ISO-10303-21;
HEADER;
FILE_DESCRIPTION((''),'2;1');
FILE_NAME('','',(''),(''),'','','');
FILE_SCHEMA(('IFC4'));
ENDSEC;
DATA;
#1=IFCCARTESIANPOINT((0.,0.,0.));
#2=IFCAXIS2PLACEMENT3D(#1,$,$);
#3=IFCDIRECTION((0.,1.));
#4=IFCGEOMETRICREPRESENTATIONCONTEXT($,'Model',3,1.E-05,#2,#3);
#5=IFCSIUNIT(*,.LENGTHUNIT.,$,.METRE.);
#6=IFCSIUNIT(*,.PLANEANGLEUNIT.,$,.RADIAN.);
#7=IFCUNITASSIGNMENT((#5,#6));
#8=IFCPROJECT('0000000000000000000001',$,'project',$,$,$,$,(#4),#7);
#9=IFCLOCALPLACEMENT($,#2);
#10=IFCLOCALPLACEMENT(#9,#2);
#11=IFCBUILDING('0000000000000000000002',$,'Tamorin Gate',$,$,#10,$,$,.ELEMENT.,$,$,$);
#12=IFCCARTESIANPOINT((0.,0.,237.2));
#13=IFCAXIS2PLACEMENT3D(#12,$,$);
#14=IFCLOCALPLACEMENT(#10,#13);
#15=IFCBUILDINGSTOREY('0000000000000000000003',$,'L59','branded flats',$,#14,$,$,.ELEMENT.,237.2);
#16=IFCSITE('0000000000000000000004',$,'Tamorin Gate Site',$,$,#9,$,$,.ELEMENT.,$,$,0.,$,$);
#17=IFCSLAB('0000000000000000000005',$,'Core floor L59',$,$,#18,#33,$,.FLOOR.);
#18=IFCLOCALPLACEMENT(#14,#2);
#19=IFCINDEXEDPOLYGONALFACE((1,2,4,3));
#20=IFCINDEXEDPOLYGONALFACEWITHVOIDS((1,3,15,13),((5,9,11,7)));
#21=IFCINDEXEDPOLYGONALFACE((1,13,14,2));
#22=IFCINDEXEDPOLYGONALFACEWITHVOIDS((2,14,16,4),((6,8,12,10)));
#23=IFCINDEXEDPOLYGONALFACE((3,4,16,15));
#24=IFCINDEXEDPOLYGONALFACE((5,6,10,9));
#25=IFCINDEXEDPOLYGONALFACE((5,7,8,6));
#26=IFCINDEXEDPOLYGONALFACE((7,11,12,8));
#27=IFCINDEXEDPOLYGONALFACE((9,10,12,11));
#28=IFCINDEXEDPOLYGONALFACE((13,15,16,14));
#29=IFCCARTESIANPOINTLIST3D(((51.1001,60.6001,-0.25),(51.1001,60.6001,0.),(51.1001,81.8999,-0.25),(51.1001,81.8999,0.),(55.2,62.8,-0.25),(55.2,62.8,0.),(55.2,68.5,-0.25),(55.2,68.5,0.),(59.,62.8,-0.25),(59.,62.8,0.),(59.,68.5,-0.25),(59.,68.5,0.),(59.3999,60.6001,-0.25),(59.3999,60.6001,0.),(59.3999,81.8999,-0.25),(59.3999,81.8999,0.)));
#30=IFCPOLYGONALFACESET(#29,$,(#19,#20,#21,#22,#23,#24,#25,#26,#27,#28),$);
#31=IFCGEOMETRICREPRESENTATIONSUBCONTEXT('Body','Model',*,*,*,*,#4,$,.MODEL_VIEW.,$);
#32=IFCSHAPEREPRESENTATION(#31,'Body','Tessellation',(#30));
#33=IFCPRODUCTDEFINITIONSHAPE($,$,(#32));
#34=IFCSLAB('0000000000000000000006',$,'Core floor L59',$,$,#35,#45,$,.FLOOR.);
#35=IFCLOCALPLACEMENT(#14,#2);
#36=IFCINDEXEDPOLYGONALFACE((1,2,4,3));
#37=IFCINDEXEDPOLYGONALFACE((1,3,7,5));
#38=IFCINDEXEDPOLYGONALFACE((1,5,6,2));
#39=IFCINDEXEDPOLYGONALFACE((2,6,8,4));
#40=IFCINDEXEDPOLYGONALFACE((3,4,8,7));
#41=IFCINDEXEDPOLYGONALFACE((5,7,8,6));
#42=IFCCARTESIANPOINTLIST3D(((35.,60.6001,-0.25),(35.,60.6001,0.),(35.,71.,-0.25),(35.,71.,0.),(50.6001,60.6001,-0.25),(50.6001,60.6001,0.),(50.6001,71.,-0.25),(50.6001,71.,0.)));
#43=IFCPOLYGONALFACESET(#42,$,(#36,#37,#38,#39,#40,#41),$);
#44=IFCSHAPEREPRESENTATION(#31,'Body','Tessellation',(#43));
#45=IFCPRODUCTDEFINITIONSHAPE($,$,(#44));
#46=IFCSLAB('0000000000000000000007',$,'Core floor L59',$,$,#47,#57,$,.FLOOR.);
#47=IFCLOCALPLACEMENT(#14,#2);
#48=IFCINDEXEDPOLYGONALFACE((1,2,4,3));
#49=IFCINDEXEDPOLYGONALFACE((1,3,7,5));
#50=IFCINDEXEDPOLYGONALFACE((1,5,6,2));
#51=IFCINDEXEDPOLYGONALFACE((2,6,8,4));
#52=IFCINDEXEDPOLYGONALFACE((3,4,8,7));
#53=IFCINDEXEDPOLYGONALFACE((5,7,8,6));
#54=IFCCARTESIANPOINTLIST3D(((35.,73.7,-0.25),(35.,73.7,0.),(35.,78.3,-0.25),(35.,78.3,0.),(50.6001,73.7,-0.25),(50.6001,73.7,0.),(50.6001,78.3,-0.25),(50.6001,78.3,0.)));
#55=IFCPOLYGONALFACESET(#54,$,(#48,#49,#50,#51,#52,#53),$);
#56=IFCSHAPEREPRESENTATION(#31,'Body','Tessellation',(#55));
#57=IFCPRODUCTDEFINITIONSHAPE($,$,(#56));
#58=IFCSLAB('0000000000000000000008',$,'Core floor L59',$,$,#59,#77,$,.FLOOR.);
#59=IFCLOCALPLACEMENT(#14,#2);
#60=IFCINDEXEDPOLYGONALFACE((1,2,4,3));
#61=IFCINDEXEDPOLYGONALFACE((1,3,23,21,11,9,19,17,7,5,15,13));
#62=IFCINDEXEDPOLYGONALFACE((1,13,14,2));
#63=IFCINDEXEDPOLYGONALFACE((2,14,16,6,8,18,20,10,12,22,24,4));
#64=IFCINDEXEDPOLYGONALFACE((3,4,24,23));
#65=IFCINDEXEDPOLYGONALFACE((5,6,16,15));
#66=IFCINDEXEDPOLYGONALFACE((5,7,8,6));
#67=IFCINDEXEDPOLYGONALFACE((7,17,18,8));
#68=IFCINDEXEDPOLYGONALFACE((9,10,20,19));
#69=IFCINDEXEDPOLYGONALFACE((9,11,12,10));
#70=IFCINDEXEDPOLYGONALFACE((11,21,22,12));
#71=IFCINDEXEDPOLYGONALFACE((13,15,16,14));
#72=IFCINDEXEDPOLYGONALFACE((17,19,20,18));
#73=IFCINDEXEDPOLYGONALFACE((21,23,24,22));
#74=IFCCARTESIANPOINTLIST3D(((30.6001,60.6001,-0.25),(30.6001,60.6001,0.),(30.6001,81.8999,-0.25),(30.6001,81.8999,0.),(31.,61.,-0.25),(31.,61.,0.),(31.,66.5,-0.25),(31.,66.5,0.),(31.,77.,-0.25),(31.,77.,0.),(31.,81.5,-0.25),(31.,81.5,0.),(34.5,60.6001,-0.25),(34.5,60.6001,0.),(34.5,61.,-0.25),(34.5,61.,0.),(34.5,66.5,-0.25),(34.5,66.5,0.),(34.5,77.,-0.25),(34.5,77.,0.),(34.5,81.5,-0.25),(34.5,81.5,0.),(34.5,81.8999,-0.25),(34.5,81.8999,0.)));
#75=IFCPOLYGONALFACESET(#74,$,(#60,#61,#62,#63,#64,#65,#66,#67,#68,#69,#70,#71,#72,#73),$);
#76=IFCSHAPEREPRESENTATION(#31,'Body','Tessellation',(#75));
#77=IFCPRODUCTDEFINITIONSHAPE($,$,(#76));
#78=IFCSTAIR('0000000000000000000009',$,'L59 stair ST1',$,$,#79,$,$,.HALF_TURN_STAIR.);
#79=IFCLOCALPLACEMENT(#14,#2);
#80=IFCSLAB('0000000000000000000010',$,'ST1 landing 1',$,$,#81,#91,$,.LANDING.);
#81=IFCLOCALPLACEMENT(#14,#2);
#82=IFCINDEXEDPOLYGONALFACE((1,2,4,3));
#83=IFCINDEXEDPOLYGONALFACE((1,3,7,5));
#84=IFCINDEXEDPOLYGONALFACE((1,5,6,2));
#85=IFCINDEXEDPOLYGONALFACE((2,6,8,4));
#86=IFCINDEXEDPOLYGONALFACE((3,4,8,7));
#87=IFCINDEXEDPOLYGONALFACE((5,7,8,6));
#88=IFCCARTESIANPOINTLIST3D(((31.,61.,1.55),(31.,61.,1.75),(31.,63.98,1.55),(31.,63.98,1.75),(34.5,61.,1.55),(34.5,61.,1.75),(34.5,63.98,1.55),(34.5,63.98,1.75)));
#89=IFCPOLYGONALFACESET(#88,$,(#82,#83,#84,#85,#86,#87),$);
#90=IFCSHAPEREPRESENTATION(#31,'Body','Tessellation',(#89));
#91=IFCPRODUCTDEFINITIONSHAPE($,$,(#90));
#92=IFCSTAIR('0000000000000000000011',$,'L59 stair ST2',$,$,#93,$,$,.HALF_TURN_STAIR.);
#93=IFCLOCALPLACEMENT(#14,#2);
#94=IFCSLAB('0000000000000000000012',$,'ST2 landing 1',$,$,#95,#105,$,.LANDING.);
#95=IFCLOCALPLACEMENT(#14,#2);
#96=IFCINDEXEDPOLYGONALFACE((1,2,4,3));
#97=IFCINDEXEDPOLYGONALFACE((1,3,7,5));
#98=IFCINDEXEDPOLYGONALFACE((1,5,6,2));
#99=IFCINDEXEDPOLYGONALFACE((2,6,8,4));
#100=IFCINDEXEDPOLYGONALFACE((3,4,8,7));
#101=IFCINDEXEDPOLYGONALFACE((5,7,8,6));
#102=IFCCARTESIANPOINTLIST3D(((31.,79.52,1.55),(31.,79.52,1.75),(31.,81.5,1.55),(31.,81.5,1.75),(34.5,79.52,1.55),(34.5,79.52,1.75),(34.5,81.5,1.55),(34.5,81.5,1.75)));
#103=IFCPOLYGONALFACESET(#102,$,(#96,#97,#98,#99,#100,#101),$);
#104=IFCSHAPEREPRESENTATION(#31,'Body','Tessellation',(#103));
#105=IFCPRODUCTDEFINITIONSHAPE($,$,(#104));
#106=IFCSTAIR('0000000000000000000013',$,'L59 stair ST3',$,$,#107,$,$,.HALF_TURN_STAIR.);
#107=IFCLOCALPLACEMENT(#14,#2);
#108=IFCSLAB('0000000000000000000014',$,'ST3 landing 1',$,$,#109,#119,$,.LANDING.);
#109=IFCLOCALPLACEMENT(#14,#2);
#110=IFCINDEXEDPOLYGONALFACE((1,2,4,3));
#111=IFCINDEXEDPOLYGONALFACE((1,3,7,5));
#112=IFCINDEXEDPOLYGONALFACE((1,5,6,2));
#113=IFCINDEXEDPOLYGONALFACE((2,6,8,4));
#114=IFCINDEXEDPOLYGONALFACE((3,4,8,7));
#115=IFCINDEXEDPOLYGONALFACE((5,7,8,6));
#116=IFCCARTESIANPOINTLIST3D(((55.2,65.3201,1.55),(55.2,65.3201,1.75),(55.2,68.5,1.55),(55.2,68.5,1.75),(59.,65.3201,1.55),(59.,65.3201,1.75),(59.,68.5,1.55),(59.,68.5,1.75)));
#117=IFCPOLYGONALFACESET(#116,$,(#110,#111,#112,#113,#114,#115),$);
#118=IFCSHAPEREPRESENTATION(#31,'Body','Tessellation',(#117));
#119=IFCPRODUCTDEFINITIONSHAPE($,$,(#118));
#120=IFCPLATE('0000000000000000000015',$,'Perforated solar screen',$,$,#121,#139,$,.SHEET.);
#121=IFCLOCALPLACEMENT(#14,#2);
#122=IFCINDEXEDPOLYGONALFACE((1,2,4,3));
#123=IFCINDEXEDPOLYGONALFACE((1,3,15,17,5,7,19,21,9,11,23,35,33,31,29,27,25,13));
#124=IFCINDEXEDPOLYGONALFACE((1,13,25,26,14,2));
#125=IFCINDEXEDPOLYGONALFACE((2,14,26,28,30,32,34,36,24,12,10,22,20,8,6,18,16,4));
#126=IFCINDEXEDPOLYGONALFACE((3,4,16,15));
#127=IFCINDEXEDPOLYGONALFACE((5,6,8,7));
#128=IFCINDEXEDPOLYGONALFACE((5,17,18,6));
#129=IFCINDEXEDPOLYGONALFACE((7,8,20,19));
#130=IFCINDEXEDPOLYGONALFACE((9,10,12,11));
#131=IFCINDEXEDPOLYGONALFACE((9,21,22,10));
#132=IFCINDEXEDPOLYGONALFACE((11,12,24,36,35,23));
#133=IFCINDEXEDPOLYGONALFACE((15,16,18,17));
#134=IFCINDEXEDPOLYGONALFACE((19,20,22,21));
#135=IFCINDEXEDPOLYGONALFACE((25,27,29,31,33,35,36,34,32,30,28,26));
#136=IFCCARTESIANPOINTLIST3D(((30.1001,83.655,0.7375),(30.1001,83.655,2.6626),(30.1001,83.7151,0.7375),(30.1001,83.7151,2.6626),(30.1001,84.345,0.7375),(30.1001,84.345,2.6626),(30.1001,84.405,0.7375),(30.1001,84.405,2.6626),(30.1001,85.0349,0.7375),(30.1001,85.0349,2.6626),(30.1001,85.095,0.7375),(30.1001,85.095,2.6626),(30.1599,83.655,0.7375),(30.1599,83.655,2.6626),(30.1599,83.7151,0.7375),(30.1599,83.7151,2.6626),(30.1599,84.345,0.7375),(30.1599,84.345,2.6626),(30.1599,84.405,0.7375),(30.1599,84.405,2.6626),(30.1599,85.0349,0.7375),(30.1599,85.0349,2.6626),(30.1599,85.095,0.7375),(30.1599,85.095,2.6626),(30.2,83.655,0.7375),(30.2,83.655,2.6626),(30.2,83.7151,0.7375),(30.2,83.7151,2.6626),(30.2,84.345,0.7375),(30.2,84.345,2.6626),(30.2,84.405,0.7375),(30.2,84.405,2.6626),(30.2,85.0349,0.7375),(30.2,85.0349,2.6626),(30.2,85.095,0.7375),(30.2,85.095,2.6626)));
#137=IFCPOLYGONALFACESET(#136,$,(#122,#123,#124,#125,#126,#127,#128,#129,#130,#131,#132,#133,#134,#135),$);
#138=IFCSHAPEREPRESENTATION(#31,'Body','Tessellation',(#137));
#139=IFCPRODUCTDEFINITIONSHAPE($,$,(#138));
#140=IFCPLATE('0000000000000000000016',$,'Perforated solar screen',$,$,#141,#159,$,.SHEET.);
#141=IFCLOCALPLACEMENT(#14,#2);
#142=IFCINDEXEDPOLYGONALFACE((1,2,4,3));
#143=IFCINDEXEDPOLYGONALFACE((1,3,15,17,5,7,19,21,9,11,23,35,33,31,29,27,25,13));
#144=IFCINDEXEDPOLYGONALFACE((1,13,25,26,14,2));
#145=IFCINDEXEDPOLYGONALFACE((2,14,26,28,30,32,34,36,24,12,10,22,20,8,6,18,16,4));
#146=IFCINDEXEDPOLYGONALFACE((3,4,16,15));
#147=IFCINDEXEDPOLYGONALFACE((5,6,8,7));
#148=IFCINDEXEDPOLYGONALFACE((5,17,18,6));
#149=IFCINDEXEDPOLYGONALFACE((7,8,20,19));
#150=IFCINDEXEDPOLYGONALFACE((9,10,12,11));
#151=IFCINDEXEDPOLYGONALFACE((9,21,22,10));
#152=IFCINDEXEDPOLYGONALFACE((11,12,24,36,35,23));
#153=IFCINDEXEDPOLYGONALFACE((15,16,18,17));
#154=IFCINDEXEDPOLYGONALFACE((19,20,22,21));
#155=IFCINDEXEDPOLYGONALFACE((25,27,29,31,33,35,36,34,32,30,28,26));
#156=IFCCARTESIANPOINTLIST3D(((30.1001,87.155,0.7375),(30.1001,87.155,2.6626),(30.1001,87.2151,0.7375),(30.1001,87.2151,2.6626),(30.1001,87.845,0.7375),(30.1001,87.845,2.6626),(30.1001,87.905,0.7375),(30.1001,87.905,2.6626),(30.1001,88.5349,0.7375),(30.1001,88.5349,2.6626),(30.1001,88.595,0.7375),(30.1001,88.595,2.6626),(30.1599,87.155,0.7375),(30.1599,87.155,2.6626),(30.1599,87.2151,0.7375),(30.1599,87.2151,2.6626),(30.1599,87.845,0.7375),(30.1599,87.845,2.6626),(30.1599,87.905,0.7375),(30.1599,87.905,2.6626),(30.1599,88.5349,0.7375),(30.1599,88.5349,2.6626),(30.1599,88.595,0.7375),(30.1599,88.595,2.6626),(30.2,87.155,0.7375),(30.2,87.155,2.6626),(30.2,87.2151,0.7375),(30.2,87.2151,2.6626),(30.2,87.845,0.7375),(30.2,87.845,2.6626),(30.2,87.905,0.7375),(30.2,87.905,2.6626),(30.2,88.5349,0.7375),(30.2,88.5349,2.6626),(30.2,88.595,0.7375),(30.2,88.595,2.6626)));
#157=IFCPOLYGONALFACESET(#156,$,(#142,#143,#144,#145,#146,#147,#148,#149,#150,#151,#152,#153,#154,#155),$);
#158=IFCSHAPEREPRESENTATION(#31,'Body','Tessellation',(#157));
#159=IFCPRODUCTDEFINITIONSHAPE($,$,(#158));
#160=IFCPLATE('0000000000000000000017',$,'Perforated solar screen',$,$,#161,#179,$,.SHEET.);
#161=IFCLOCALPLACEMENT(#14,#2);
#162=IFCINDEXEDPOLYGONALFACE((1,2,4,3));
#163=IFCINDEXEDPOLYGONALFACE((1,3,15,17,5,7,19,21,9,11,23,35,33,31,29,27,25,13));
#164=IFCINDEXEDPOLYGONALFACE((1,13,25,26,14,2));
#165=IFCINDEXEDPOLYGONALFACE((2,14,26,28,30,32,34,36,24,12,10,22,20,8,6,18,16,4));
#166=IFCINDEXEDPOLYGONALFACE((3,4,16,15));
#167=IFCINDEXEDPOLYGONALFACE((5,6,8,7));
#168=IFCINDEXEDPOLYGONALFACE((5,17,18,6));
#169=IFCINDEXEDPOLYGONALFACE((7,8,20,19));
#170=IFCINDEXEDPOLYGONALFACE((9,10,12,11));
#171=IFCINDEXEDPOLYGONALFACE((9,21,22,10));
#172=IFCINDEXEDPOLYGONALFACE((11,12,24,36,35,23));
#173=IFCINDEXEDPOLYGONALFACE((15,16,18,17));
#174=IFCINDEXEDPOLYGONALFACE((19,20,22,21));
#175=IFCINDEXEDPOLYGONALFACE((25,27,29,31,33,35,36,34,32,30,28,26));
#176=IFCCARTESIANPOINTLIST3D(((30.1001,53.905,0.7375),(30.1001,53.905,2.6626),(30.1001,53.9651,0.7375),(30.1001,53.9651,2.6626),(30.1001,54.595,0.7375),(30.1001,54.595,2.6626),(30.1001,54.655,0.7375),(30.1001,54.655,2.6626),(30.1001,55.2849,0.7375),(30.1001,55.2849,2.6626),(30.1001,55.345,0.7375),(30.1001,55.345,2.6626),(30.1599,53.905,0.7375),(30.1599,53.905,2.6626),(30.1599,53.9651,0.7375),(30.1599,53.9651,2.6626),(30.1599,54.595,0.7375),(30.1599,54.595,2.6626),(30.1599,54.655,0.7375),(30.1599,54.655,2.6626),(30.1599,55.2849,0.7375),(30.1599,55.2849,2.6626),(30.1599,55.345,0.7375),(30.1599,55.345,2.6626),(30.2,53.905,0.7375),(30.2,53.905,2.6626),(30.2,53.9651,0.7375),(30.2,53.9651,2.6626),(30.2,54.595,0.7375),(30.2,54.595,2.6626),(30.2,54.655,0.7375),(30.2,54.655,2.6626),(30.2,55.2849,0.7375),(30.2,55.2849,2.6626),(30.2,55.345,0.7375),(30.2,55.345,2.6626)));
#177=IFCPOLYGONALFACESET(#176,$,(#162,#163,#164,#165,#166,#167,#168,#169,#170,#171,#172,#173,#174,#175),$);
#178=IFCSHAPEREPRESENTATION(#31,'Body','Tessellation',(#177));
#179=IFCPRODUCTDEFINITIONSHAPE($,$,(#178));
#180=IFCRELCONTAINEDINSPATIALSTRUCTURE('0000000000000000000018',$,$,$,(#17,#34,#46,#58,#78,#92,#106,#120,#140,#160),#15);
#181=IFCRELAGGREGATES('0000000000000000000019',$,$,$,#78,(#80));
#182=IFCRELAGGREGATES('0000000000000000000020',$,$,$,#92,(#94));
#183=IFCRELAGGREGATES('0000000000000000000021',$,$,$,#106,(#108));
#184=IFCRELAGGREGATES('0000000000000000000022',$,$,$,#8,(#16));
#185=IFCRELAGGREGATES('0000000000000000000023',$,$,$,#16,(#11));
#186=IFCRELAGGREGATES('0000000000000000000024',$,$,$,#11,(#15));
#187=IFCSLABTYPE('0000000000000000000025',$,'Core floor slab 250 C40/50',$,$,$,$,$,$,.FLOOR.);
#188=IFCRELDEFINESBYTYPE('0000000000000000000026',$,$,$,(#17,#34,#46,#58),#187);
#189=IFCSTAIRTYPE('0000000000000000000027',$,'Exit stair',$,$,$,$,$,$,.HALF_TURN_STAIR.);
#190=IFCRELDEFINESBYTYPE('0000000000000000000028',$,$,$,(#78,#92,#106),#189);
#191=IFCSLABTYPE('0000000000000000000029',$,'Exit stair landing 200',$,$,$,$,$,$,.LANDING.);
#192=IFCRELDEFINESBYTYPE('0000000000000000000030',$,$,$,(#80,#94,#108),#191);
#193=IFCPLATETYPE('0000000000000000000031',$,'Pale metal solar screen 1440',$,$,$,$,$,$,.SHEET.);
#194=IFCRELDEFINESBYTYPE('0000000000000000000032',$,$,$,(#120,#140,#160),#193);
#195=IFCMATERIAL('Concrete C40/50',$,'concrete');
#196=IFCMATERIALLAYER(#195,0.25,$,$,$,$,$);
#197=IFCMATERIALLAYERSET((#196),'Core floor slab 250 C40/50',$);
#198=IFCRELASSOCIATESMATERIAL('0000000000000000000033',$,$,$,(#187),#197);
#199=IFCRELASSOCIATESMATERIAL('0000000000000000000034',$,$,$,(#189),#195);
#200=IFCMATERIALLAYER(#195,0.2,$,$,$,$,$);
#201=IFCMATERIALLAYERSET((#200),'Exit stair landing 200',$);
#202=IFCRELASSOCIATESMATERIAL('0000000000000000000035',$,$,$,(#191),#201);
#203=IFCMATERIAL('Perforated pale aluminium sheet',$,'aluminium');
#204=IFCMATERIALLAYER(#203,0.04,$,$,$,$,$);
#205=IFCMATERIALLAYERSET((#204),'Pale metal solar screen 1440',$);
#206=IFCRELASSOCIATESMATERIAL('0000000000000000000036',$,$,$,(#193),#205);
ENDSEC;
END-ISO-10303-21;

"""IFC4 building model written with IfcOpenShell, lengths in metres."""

from ifc_helpers import new_model, si_unit, direction, frame, origin, place, context, subcontext, project, spatial, polyline, outline, extrude, material, layer, layer_set, type_object, element, aggregate, save


model = new_model("IFC4")

# Units and contexts
model_context = context("Model", 3, precision=1e-05, world=origin(), true_north=direction((0.0, 1.0)))
body_context = subcontext(model_context, "Body", "Model", "MODEL_VIEW")
ifc_project = project(units=[si_unit("LENGTHUNIT", "METRE"), si_unit("PLANEANGLEUNIT", "RADIAN")], contexts=[model_context])

# Site, building, storey
site_placement = place(None, origin())
site = spatial("IfcSite", under=ifc_project, at=site_placement, Name="Tamorin Gate Site", CompositionType="ELEMENT", RefElevation=0.0)
building_placement = place(site_placement, origin())
building = spatial("IfcBuilding", under=site, at=building_placement, Name="Tamorin Gate", CompositionType="ELEMENT")
storey_placement = place(building_placement, frame((0.0, 0.0, 237.2)))
storey = spatial("IfcBuildingStorey", under=building, at=storey_placement, Name="L59", Description="branded flats", CompositionType="ELEMENT", Elevation=237.2)

# Slabs
ifc_material_1 = material(Name="Concrete C40/50", Category="concrete")
ifc_layer_1 = layer(ifc_material_1, 0.25)
ifc_layer_set_1 = layer_set([ifc_layer_1], Name="Core floor slab 250 C40/50")
slab_type_1 = type_object("IfcSlabType", Name="Core floor slab 250 C40/50", PredefinedType="FLOOR", material=ifc_layer_set_1)
slab_1_placement = place(storey_placement, frame((0.0, 0.0, -0.25)))
element("IfcSlab", 1, at=slab_1_placement, inside=storey, type_object=slab_type_1, Name="Core floor L59", PredefinedType="FLOOR", context=body_context, shape_type="SweptSolid", body=[
    extrude(outline(polyline([(51.1001, 81.8999), (59.3999, 81.8999), (59.3999, 60.6001), (51.1001, 60.6001), (51.1001, 81.8999)]), holes=[polyline([(55.2, 62.8), (59.0, 62.8), (59.0, 68.5), (55.2, 68.5), (55.2, 62.8)])]), origin(), (0.0, 0.0, 1.0), 0.25),
])
slab_2_placement = place(storey_placement, frame((0.0, 0.0, -0.25)))
element("IfcSlab", 2, at=slab_2_placement, inside=storey, type_object=slab_type_1, Name="Core floor L59", PredefinedType="FLOOR", context=body_context, shape_type="SweptSolid", body=[
    extrude(outline(polyline([(50.6001, 71.0), (50.6001, 60.6001), (35.0, 60.6001), (35.0, 71.0), (50.6001, 71.0)])), origin(), (0.0, 0.0, 1.0), 0.25),
])
slab_3_placement = place(storey_placement, frame((0.0, 0.0, -0.25)))
element("IfcSlab", 3, at=slab_3_placement, inside=storey, type_object=slab_type_1, Name="Core floor L59", PredefinedType="FLOOR", context=body_context, shape_type="SweptSolid", body=[
    extrude(outline(polyline([(50.6001, 73.7), (35.0, 73.7), (35.0, 78.3), (50.6001, 78.3), (50.6001, 73.7)])), origin(), (0.0, 0.0, 1.0), 0.25),
])
slab_4_placement = place(storey_placement, frame((0.0, 0.0, -0.25)))
element("IfcSlab", 4, at=slab_4_placement, inside=storey, type_object=slab_type_1, Name="Core floor L59", PredefinedType="FLOOR", context=body_context, shape_type="SweptSolid", body=[
    extrude(outline(polyline([(34.5, 60.6001), (30.6001, 60.6001), (30.6001, 81.8999), (34.5, 81.8999), (34.5, 81.5), (31.0, 81.5), (31.0, 77.0), (34.5, 77.0), (34.5, 66.5), (31.0, 66.5), (31.0, 61.0), (34.5, 61.0), (34.5, 60.6001)])), origin(), (0.0, 0.0, 1.0), 0.25),
])

# Stairs, slabs
stair_type = type_object("IfcStairType", Name="Exit stair", PredefinedType="HALF_TURN_STAIR", material=ifc_material_1)
stair_1_placement = place(storey_placement, origin())
stair_1 = element("IfcStair", 5, at=stair_1_placement, inside=storey, type_object=stair_type, Name="L59 stair ST1", PredefinedType="HALF_TURN_STAIR")
ifc_layer_2 = layer(ifc_material_1, 0.2)
ifc_layer_set_2 = layer_set([ifc_layer_2], Name="Exit stair landing 200")
slab_type_2 = type_object("IfcSlabType", Name="Exit stair landing 200", PredefinedType="LANDING", material=ifc_layer_set_2)
slab_5_placement = place(storey_placement, frame((0.0, 0.0, 1.55)))
slab_5 = element("IfcSlab", 6, at=slab_5_placement, type_object=slab_type_2, Name="ST1 landing 1", PredefinedType="LANDING", context=body_context, shape_type="SweptSolid", body=[
    extrude(outline(polyline([(31.0, 63.98), (31.0, 61.0), (34.5, 61.0), (34.5, 63.98), (31.0, 63.98)])), origin(), (0.0, 0.0, 1.0), 0.2),
])
aggregate(stair_1, [slab_5])
stair_2_placement = place(storey_placement, origin())
stair_2 = element("IfcStair", 7, at=stair_2_placement, inside=storey, type_object=stair_type, Name="L59 stair ST2", PredefinedType="HALF_TURN_STAIR")
slab_6_placement = place(storey_placement, frame((0.0, 0.0, 1.55)))
slab_6 = element("IfcSlab", 8, at=slab_6_placement, type_object=slab_type_2, Name="ST2 landing 1", PredefinedType="LANDING", context=body_context, shape_type="SweptSolid", body=[
    extrude(outline(polyline([(34.5, 79.52), (34.5, 81.5), (31.0, 81.5), (31.0, 79.52), (34.5, 79.52)])), origin(), (0.0, 0.0, 1.0), 0.2),
])
aggregate(stair_2, [slab_6])
stair_3_placement = place(storey_placement, origin())
stair_3 = element("IfcStair", 9, at=stair_3_placement, inside=storey, type_object=stair_type, Name="L59 stair ST3", PredefinedType="HALF_TURN_STAIR")
slab_7_placement = place(storey_placement, frame((0.0, 0.0, 1.55)))
slab_7 = element("IfcSlab", 10, at=slab_7_placement, type_object=slab_type_2, Name="ST3 landing 1", PredefinedType="LANDING", context=body_context, shape_type="SweptSolid", body=[
    extrude(outline(polyline([(59.0, 65.3201), (59.0, 68.5), (55.2, 68.5), (55.2, 65.3201), (59.0, 65.3201)])), origin(), (0.0, 0.0, 1.0), 0.2),
])
aggregate(stair_3, [slab_7])

# Plates
ifc_material_2 = material(Name="Perforated pale aluminium sheet", Category="aluminium")
ifc_layer_3 = layer(ifc_material_2, 0.04)
ifc_layer_set_3 = layer_set([ifc_layer_3], Name="Pale metal solar screen 1440")
plate_type = type_object("IfcPlateType", Name="Pale metal solar screen 1440", PredefinedType="SHEET", material=ifc_layer_set_3)
plate_1_placement = place(storey_placement, frame((0.0, 0.0, 0.7375)))
element("IfcPlate", 11, at=plate_1_placement, inside=storey, type_object=plate_type, Name="Perforated solar screen", PredefinedType="SHEET", context=body_context, shape_type="SweptSolid", body=[
    extrude(outline(polyline([(30.1599, 85.095), (30.2, 85.095), (30.2, 85.0349), (30.2, 84.405), (30.2, 84.345), (30.2, 83.7151), (30.2, 83.655), (30.1599, 83.655), (30.1001, 83.655), (30.1001, 83.7151), (30.1599, 83.7151), (30.1599, 84.345), (30.1001, 84.345), (30.1001, 84.405), (30.1599, 84.405), (30.1599, 85.0349), (30.1001, 85.0349), (30.1001, 85.095), (30.1599, 85.095)])), origin(), (0.0, 0.0, 1.0), 1.925),
])
plate_2_placement = place(storey_placement, frame((0.0, 0.0, 0.7375)))
element("IfcPlate", 12, at=plate_2_placement, inside=storey, type_object=plate_type, Name="Perforated solar screen", PredefinedType="SHEET", context=body_context, shape_type="SweptSolid", body=[
    extrude(outline(polyline([(30.1599, 88.595), (30.2, 88.595), (30.2, 88.5349), (30.2, 87.905), (30.2, 87.845), (30.2, 87.2151), (30.2, 87.155), (30.2, 87.155), (30.1599, 87.155), (30.1599, 87.155), (30.1001, 87.155), (30.1001, 87.2151), (30.1599, 87.2151), (30.1599, 87.845), (30.1001, 87.845), (30.1001, 87.905), (30.1599, 87.905), (30.1599, 88.5349), (30.1001, 88.5349), (30.1001, 88.595), (30.1599, 88.595)])), origin(), (0.0, 0.0, 1.0), 1.925),
])
plate_3_placement = place(storey_placement, frame((0.0, 0.0, 0.7375)))
element("IfcPlate", 13, at=plate_3_placement, inside=storey, type_object=plate_type, Name="Perforated solar screen", PredefinedType="SHEET", context=body_context, shape_type="SweptSolid", body=[
    extrude(outline(polyline([(30.1599, 55.345), (30.2, 55.345), (30.2, 55.2849), (30.2, 54.655), (30.2, 54.595), (30.2, 53.9651), (30.2, 53.905), (30.1599, 53.905), (30.1001, 53.905), (30.1001, 53.9651), (30.1599, 53.9651), (30.1599, 54.595), (30.1001, 54.595), (30.1001, 54.655), (30.1599, 54.655), (30.1599, 55.2849), (30.1001, 55.2849), (30.1001, 55.345), (30.1599, 55.345)])), origin(), (0.0, 0.0, 1.0), 1.925),
])

save(model, "model.ifc")
